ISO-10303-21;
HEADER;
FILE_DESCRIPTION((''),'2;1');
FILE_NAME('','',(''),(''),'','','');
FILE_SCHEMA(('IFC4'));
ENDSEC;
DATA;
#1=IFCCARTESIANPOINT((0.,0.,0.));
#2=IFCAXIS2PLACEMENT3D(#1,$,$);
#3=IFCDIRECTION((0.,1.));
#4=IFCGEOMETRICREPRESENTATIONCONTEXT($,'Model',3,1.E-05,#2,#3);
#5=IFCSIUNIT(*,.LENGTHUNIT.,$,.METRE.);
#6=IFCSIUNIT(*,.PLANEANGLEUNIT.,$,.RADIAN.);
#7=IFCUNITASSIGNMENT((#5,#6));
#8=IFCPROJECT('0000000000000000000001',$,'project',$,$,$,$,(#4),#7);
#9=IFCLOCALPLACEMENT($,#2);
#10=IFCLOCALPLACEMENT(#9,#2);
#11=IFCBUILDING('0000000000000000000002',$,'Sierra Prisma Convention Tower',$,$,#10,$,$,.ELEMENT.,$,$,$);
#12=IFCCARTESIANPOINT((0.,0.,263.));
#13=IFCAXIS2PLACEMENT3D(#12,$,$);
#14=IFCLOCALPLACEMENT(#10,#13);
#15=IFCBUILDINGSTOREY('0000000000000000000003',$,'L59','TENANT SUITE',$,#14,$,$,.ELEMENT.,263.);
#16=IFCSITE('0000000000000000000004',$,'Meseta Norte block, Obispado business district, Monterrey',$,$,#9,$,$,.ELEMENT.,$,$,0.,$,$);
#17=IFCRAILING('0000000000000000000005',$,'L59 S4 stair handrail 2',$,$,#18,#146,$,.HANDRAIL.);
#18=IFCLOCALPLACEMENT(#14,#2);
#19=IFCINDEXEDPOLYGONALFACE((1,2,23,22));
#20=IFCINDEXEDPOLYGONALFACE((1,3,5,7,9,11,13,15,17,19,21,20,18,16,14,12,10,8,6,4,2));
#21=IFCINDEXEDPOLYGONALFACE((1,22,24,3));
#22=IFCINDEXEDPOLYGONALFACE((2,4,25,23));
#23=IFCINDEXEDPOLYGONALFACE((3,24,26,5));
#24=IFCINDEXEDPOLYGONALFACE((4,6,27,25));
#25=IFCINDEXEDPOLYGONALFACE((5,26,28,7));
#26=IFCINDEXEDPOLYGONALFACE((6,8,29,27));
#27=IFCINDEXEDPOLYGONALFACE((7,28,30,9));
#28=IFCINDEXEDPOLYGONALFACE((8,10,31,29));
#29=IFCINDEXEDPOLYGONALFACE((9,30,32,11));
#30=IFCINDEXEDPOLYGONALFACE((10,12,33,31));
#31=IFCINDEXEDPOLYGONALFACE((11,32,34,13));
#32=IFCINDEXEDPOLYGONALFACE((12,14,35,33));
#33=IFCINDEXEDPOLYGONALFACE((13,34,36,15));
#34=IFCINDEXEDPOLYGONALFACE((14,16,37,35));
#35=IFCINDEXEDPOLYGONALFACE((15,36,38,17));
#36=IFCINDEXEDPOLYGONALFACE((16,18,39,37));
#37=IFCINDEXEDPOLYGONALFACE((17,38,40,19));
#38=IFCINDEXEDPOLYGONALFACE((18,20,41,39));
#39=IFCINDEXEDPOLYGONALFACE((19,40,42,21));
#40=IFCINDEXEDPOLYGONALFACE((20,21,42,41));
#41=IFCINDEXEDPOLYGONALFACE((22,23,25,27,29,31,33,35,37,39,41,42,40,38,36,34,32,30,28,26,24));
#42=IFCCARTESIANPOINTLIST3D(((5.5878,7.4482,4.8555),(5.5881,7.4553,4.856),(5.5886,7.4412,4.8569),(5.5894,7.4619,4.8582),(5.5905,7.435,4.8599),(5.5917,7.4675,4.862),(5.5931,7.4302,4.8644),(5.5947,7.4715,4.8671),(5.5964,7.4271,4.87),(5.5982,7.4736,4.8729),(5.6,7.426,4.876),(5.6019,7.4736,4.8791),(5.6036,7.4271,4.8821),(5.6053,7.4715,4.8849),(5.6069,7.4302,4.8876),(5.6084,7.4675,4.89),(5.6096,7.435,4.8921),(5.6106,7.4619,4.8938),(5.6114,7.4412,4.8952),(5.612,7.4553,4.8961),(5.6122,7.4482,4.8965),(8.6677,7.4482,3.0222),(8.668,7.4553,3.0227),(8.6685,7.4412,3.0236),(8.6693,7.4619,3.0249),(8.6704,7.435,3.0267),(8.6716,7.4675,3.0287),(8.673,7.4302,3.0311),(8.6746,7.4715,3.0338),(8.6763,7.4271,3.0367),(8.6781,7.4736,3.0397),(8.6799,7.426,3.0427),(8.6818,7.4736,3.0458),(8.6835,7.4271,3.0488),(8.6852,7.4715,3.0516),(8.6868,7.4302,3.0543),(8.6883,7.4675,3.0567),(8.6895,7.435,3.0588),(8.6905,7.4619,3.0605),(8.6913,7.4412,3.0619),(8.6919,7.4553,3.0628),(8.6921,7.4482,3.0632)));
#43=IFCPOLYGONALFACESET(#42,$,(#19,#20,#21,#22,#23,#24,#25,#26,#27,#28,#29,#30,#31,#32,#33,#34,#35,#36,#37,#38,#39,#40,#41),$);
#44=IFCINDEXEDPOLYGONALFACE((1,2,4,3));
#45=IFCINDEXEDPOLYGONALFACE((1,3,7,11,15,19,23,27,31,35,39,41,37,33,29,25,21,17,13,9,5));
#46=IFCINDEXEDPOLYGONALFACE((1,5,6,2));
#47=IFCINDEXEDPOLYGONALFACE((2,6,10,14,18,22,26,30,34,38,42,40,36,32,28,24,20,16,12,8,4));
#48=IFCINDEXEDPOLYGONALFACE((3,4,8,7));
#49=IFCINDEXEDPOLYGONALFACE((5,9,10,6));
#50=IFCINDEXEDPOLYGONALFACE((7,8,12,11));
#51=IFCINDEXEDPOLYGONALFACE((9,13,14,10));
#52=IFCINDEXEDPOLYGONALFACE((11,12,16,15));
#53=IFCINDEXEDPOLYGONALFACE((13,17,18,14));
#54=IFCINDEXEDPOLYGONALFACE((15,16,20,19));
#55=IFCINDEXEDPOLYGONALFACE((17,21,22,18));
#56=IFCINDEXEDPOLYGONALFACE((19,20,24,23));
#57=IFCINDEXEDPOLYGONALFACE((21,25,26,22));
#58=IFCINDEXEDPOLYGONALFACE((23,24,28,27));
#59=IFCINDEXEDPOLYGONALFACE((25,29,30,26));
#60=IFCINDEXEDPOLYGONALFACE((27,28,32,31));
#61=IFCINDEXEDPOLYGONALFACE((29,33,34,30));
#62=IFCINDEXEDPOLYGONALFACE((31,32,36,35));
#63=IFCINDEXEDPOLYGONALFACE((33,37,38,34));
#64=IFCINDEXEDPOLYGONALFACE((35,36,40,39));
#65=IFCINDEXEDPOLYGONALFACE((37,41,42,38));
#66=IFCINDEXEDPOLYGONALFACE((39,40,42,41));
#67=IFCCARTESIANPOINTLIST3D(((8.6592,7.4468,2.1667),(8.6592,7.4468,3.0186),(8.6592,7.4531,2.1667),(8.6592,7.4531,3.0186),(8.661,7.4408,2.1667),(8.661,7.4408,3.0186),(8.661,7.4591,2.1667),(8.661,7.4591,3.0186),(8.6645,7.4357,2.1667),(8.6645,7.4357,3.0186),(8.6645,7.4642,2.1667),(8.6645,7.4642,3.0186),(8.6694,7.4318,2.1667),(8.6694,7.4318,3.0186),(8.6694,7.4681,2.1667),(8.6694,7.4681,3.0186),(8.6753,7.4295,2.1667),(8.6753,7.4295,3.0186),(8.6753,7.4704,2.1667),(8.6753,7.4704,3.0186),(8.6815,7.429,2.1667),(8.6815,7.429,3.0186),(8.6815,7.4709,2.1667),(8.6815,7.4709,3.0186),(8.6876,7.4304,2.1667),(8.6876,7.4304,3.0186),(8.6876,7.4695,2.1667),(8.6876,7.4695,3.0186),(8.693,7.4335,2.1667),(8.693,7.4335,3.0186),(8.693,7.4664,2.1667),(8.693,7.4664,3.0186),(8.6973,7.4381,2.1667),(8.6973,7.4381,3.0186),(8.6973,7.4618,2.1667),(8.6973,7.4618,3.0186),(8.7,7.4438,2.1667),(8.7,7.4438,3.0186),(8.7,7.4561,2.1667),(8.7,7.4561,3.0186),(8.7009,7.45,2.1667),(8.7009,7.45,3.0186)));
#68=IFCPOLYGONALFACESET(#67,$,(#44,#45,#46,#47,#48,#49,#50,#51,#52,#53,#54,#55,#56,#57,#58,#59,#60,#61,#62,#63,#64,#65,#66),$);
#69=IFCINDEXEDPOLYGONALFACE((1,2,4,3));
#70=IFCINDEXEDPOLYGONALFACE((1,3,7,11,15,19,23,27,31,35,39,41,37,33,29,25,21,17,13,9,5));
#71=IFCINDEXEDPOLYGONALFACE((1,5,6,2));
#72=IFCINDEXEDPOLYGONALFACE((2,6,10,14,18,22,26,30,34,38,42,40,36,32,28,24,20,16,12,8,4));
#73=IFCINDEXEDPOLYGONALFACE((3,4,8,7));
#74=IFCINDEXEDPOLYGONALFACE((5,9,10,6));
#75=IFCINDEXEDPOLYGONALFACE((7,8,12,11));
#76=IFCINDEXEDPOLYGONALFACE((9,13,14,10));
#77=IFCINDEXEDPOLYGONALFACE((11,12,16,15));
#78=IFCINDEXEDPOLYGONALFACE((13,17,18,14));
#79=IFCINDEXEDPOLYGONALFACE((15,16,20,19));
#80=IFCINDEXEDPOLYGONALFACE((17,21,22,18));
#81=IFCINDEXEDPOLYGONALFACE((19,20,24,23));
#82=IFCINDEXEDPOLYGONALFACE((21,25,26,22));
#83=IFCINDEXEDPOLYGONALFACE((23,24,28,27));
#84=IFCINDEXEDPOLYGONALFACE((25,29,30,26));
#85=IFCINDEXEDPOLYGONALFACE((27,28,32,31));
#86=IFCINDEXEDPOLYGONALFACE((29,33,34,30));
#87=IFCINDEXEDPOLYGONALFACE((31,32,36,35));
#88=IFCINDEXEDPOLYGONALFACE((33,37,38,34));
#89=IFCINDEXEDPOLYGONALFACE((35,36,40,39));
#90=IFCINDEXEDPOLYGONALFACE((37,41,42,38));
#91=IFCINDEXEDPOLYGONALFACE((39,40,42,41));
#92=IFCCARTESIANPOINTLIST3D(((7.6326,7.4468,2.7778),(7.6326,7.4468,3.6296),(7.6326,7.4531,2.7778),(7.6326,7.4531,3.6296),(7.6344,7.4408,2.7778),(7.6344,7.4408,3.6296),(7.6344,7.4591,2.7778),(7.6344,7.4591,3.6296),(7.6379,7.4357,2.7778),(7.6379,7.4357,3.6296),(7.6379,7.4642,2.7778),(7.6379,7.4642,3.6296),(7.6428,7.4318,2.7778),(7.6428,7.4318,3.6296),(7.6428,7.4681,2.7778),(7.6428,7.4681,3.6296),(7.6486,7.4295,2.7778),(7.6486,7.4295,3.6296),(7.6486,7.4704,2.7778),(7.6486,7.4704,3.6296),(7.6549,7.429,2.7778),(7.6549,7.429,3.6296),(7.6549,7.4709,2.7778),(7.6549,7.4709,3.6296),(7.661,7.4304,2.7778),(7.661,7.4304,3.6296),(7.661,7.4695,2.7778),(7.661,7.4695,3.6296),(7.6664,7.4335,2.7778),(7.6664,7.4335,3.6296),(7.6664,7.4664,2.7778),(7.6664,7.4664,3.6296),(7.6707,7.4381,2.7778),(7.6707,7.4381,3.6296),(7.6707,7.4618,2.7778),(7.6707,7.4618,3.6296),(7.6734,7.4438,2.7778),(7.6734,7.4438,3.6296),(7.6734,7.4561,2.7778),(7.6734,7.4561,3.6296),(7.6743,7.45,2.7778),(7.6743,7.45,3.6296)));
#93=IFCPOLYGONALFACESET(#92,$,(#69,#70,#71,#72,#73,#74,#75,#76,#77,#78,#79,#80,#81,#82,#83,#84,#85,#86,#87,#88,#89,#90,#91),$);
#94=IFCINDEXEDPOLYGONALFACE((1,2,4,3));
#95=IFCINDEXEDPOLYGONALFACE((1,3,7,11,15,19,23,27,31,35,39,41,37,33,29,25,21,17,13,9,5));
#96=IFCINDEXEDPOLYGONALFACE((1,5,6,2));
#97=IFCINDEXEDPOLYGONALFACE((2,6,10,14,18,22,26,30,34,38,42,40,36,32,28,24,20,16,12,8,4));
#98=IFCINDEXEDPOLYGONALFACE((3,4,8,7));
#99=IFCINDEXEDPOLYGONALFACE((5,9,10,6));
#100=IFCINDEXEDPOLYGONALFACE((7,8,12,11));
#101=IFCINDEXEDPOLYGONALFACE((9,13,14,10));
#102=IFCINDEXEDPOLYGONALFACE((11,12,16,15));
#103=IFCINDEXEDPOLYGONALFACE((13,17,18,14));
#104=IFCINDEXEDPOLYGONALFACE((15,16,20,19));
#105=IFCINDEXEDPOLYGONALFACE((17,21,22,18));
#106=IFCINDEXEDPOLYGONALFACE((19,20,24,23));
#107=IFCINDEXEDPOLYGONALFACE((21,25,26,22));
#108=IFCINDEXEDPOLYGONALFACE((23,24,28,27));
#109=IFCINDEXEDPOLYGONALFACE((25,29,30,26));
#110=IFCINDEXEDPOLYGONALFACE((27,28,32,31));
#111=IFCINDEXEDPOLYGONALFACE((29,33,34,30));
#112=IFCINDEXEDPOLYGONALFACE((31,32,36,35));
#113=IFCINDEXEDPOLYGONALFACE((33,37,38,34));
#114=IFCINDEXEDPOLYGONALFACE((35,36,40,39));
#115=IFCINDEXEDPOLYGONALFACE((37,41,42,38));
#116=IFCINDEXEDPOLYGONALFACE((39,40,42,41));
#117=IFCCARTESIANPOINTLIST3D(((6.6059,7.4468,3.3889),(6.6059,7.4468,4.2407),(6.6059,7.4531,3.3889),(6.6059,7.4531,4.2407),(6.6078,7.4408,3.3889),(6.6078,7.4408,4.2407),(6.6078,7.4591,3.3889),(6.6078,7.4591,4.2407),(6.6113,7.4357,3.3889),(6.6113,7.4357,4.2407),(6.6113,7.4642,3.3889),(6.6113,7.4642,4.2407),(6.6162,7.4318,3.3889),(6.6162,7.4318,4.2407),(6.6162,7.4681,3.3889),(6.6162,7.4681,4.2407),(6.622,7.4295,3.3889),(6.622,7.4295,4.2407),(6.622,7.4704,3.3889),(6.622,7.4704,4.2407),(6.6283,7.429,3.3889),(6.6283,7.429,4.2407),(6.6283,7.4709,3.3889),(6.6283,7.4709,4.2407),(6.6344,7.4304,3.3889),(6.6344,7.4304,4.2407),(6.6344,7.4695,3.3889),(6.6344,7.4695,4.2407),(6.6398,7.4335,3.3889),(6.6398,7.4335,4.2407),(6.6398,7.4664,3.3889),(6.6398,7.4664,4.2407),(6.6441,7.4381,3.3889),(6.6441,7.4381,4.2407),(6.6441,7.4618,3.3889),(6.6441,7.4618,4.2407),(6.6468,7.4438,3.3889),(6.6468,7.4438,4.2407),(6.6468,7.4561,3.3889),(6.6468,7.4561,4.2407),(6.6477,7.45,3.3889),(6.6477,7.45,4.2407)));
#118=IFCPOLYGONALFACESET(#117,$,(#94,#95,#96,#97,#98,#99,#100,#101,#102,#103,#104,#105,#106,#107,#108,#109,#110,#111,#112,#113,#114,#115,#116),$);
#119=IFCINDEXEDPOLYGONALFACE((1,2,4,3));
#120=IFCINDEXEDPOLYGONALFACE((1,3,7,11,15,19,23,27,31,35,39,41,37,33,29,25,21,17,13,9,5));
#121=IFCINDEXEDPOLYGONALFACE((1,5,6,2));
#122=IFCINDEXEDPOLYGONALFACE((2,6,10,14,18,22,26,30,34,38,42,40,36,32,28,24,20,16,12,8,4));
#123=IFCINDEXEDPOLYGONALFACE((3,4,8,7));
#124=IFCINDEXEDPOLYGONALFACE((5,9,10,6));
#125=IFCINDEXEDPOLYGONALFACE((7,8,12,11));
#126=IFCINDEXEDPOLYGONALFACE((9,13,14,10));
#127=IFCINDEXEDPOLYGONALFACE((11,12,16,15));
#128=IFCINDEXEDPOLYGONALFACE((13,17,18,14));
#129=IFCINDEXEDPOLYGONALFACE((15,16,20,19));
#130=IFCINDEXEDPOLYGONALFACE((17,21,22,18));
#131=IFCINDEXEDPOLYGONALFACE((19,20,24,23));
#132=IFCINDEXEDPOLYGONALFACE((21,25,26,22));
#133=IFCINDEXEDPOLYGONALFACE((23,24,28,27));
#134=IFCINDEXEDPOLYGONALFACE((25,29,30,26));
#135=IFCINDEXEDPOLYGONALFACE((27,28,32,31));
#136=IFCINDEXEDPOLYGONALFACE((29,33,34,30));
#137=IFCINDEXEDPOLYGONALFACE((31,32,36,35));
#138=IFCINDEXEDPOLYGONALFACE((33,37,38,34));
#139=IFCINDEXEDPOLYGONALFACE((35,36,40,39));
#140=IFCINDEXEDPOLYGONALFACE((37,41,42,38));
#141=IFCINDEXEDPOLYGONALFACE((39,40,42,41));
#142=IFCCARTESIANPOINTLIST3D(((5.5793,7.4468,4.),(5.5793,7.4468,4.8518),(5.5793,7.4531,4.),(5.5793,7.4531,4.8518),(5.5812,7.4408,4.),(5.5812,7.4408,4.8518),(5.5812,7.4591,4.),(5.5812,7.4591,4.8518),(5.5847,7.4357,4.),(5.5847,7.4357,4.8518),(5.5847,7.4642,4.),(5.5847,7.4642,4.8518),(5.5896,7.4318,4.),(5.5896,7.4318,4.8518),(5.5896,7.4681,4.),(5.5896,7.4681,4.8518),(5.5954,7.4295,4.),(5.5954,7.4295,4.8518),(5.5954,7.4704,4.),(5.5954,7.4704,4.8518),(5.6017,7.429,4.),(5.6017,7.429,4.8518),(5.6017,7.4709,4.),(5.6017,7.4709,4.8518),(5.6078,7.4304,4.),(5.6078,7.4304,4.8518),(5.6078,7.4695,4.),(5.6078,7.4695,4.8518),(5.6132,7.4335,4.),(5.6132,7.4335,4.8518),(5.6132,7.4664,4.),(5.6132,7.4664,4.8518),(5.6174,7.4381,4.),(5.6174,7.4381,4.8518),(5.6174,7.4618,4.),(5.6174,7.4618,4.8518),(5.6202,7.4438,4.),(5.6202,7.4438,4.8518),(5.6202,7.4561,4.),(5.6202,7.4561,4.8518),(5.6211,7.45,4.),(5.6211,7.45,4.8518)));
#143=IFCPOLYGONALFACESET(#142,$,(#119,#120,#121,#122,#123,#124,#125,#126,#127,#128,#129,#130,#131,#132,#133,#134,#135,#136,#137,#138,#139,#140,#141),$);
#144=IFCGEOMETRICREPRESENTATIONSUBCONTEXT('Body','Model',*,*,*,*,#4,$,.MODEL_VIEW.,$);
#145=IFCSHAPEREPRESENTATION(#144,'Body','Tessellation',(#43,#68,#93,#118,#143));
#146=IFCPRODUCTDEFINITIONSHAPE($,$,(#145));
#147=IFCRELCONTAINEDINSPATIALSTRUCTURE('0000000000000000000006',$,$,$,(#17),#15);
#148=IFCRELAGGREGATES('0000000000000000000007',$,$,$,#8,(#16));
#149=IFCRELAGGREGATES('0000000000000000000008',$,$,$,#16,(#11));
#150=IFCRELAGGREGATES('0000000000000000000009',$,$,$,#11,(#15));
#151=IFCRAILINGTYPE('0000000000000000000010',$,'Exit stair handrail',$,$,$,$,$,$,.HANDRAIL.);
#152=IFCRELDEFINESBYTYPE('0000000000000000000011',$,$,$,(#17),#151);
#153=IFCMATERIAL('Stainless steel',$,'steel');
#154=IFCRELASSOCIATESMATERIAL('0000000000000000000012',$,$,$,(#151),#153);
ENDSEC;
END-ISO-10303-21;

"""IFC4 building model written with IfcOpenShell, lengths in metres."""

from ifc_helpers import new_model, si_unit, direction, frame, origin, origin_2d, place, context, subcontext, project, spatial, circle, extrude, material, type_object, element, save


model = new_model("IFC4")

# Units and contexts
model_context = context("Model", 3, precision=1e-05, world=origin(), true_north=direction((0.0, 1.0)))
body_context = subcontext(model_context, "Body", "Model", "MODEL_VIEW")
ifc_project = project(units=[si_unit("LENGTHUNIT", "METRE"), si_unit("PLANEANGLEUNIT", "RADIAN")], contexts=[model_context])

# Site, building, storey
site_placement = place(None, origin())
site = spatial("IfcSite", under=ifc_project, at=site_placement, Name="Meseta Norte block, Obispado business district, Monterrey", CompositionType="ELEMENT", RefElevation=0.0)
building_placement = place(site_placement, origin())
building = spatial("IfcBuilding", under=site, at=building_placement, Name="Sierra Prisma Convention Tower", CompositionType="ELEMENT")
storey_placement = place(building_placement, frame((0.0, 0.0, 263.0)))
storey = spatial("IfcBuildingStorey", under=building, at=storey_placement, Name="L59", Description="TENANT SUITE", CompositionType="ELEMENT", Elevation=263.0)

# Railing
ifc_material_1 = material(Name="Stainless steel", Category="steel")
railing_type_1 = type_object("IfcRailingType", Name="Exit stair handrail", PredefinedType="HANDRAIL", material=ifc_material_1)
railing_1_placement = place(storey_placement, frame((8.6799, 7.45, 2.1667)))
element("IfcRailing", 1, at=railing_1_placement, inside=storey, type_object=railing_type_1, Name="L59 S4 stair handrail 2", PredefinedType="HANDRAIL", context=body_context, shape_type="SweptSolid", body=[
    extrude(circle(Radius=0.0239, at=origin_2d()), frame((0.0, 0.0, 0.876), z_axis=(-0.859291, 0.0, 0.511487), x_axis=(0.0, -1.0, 0.0)), (0.0, 0.0, 1.0), 3.5842),
    extrude(circle(Radius=0.021, at=origin_2d()), origin(), (0.0, 0.0, 1.0), 0.8518),
    extrude(circle(Radius=0.021, at=origin_2d()), frame((-1.0266, 0.0, 0.6111)), (0.0, 0.0, 1.0), 0.8518),
    extrude(circle(Radius=0.021, at=origin_2d()), frame((-2.0532, 0.0, 1.2222)), (0.0, 0.0, 1.0), 0.8518),
    extrude(circle(Radius=0.021, at=origin_2d()), frame((-3.0798, 0.0, 1.8333)), (0.0, 0.0, 1.0), 0.8518),
])

save(model, "model.ifc")
